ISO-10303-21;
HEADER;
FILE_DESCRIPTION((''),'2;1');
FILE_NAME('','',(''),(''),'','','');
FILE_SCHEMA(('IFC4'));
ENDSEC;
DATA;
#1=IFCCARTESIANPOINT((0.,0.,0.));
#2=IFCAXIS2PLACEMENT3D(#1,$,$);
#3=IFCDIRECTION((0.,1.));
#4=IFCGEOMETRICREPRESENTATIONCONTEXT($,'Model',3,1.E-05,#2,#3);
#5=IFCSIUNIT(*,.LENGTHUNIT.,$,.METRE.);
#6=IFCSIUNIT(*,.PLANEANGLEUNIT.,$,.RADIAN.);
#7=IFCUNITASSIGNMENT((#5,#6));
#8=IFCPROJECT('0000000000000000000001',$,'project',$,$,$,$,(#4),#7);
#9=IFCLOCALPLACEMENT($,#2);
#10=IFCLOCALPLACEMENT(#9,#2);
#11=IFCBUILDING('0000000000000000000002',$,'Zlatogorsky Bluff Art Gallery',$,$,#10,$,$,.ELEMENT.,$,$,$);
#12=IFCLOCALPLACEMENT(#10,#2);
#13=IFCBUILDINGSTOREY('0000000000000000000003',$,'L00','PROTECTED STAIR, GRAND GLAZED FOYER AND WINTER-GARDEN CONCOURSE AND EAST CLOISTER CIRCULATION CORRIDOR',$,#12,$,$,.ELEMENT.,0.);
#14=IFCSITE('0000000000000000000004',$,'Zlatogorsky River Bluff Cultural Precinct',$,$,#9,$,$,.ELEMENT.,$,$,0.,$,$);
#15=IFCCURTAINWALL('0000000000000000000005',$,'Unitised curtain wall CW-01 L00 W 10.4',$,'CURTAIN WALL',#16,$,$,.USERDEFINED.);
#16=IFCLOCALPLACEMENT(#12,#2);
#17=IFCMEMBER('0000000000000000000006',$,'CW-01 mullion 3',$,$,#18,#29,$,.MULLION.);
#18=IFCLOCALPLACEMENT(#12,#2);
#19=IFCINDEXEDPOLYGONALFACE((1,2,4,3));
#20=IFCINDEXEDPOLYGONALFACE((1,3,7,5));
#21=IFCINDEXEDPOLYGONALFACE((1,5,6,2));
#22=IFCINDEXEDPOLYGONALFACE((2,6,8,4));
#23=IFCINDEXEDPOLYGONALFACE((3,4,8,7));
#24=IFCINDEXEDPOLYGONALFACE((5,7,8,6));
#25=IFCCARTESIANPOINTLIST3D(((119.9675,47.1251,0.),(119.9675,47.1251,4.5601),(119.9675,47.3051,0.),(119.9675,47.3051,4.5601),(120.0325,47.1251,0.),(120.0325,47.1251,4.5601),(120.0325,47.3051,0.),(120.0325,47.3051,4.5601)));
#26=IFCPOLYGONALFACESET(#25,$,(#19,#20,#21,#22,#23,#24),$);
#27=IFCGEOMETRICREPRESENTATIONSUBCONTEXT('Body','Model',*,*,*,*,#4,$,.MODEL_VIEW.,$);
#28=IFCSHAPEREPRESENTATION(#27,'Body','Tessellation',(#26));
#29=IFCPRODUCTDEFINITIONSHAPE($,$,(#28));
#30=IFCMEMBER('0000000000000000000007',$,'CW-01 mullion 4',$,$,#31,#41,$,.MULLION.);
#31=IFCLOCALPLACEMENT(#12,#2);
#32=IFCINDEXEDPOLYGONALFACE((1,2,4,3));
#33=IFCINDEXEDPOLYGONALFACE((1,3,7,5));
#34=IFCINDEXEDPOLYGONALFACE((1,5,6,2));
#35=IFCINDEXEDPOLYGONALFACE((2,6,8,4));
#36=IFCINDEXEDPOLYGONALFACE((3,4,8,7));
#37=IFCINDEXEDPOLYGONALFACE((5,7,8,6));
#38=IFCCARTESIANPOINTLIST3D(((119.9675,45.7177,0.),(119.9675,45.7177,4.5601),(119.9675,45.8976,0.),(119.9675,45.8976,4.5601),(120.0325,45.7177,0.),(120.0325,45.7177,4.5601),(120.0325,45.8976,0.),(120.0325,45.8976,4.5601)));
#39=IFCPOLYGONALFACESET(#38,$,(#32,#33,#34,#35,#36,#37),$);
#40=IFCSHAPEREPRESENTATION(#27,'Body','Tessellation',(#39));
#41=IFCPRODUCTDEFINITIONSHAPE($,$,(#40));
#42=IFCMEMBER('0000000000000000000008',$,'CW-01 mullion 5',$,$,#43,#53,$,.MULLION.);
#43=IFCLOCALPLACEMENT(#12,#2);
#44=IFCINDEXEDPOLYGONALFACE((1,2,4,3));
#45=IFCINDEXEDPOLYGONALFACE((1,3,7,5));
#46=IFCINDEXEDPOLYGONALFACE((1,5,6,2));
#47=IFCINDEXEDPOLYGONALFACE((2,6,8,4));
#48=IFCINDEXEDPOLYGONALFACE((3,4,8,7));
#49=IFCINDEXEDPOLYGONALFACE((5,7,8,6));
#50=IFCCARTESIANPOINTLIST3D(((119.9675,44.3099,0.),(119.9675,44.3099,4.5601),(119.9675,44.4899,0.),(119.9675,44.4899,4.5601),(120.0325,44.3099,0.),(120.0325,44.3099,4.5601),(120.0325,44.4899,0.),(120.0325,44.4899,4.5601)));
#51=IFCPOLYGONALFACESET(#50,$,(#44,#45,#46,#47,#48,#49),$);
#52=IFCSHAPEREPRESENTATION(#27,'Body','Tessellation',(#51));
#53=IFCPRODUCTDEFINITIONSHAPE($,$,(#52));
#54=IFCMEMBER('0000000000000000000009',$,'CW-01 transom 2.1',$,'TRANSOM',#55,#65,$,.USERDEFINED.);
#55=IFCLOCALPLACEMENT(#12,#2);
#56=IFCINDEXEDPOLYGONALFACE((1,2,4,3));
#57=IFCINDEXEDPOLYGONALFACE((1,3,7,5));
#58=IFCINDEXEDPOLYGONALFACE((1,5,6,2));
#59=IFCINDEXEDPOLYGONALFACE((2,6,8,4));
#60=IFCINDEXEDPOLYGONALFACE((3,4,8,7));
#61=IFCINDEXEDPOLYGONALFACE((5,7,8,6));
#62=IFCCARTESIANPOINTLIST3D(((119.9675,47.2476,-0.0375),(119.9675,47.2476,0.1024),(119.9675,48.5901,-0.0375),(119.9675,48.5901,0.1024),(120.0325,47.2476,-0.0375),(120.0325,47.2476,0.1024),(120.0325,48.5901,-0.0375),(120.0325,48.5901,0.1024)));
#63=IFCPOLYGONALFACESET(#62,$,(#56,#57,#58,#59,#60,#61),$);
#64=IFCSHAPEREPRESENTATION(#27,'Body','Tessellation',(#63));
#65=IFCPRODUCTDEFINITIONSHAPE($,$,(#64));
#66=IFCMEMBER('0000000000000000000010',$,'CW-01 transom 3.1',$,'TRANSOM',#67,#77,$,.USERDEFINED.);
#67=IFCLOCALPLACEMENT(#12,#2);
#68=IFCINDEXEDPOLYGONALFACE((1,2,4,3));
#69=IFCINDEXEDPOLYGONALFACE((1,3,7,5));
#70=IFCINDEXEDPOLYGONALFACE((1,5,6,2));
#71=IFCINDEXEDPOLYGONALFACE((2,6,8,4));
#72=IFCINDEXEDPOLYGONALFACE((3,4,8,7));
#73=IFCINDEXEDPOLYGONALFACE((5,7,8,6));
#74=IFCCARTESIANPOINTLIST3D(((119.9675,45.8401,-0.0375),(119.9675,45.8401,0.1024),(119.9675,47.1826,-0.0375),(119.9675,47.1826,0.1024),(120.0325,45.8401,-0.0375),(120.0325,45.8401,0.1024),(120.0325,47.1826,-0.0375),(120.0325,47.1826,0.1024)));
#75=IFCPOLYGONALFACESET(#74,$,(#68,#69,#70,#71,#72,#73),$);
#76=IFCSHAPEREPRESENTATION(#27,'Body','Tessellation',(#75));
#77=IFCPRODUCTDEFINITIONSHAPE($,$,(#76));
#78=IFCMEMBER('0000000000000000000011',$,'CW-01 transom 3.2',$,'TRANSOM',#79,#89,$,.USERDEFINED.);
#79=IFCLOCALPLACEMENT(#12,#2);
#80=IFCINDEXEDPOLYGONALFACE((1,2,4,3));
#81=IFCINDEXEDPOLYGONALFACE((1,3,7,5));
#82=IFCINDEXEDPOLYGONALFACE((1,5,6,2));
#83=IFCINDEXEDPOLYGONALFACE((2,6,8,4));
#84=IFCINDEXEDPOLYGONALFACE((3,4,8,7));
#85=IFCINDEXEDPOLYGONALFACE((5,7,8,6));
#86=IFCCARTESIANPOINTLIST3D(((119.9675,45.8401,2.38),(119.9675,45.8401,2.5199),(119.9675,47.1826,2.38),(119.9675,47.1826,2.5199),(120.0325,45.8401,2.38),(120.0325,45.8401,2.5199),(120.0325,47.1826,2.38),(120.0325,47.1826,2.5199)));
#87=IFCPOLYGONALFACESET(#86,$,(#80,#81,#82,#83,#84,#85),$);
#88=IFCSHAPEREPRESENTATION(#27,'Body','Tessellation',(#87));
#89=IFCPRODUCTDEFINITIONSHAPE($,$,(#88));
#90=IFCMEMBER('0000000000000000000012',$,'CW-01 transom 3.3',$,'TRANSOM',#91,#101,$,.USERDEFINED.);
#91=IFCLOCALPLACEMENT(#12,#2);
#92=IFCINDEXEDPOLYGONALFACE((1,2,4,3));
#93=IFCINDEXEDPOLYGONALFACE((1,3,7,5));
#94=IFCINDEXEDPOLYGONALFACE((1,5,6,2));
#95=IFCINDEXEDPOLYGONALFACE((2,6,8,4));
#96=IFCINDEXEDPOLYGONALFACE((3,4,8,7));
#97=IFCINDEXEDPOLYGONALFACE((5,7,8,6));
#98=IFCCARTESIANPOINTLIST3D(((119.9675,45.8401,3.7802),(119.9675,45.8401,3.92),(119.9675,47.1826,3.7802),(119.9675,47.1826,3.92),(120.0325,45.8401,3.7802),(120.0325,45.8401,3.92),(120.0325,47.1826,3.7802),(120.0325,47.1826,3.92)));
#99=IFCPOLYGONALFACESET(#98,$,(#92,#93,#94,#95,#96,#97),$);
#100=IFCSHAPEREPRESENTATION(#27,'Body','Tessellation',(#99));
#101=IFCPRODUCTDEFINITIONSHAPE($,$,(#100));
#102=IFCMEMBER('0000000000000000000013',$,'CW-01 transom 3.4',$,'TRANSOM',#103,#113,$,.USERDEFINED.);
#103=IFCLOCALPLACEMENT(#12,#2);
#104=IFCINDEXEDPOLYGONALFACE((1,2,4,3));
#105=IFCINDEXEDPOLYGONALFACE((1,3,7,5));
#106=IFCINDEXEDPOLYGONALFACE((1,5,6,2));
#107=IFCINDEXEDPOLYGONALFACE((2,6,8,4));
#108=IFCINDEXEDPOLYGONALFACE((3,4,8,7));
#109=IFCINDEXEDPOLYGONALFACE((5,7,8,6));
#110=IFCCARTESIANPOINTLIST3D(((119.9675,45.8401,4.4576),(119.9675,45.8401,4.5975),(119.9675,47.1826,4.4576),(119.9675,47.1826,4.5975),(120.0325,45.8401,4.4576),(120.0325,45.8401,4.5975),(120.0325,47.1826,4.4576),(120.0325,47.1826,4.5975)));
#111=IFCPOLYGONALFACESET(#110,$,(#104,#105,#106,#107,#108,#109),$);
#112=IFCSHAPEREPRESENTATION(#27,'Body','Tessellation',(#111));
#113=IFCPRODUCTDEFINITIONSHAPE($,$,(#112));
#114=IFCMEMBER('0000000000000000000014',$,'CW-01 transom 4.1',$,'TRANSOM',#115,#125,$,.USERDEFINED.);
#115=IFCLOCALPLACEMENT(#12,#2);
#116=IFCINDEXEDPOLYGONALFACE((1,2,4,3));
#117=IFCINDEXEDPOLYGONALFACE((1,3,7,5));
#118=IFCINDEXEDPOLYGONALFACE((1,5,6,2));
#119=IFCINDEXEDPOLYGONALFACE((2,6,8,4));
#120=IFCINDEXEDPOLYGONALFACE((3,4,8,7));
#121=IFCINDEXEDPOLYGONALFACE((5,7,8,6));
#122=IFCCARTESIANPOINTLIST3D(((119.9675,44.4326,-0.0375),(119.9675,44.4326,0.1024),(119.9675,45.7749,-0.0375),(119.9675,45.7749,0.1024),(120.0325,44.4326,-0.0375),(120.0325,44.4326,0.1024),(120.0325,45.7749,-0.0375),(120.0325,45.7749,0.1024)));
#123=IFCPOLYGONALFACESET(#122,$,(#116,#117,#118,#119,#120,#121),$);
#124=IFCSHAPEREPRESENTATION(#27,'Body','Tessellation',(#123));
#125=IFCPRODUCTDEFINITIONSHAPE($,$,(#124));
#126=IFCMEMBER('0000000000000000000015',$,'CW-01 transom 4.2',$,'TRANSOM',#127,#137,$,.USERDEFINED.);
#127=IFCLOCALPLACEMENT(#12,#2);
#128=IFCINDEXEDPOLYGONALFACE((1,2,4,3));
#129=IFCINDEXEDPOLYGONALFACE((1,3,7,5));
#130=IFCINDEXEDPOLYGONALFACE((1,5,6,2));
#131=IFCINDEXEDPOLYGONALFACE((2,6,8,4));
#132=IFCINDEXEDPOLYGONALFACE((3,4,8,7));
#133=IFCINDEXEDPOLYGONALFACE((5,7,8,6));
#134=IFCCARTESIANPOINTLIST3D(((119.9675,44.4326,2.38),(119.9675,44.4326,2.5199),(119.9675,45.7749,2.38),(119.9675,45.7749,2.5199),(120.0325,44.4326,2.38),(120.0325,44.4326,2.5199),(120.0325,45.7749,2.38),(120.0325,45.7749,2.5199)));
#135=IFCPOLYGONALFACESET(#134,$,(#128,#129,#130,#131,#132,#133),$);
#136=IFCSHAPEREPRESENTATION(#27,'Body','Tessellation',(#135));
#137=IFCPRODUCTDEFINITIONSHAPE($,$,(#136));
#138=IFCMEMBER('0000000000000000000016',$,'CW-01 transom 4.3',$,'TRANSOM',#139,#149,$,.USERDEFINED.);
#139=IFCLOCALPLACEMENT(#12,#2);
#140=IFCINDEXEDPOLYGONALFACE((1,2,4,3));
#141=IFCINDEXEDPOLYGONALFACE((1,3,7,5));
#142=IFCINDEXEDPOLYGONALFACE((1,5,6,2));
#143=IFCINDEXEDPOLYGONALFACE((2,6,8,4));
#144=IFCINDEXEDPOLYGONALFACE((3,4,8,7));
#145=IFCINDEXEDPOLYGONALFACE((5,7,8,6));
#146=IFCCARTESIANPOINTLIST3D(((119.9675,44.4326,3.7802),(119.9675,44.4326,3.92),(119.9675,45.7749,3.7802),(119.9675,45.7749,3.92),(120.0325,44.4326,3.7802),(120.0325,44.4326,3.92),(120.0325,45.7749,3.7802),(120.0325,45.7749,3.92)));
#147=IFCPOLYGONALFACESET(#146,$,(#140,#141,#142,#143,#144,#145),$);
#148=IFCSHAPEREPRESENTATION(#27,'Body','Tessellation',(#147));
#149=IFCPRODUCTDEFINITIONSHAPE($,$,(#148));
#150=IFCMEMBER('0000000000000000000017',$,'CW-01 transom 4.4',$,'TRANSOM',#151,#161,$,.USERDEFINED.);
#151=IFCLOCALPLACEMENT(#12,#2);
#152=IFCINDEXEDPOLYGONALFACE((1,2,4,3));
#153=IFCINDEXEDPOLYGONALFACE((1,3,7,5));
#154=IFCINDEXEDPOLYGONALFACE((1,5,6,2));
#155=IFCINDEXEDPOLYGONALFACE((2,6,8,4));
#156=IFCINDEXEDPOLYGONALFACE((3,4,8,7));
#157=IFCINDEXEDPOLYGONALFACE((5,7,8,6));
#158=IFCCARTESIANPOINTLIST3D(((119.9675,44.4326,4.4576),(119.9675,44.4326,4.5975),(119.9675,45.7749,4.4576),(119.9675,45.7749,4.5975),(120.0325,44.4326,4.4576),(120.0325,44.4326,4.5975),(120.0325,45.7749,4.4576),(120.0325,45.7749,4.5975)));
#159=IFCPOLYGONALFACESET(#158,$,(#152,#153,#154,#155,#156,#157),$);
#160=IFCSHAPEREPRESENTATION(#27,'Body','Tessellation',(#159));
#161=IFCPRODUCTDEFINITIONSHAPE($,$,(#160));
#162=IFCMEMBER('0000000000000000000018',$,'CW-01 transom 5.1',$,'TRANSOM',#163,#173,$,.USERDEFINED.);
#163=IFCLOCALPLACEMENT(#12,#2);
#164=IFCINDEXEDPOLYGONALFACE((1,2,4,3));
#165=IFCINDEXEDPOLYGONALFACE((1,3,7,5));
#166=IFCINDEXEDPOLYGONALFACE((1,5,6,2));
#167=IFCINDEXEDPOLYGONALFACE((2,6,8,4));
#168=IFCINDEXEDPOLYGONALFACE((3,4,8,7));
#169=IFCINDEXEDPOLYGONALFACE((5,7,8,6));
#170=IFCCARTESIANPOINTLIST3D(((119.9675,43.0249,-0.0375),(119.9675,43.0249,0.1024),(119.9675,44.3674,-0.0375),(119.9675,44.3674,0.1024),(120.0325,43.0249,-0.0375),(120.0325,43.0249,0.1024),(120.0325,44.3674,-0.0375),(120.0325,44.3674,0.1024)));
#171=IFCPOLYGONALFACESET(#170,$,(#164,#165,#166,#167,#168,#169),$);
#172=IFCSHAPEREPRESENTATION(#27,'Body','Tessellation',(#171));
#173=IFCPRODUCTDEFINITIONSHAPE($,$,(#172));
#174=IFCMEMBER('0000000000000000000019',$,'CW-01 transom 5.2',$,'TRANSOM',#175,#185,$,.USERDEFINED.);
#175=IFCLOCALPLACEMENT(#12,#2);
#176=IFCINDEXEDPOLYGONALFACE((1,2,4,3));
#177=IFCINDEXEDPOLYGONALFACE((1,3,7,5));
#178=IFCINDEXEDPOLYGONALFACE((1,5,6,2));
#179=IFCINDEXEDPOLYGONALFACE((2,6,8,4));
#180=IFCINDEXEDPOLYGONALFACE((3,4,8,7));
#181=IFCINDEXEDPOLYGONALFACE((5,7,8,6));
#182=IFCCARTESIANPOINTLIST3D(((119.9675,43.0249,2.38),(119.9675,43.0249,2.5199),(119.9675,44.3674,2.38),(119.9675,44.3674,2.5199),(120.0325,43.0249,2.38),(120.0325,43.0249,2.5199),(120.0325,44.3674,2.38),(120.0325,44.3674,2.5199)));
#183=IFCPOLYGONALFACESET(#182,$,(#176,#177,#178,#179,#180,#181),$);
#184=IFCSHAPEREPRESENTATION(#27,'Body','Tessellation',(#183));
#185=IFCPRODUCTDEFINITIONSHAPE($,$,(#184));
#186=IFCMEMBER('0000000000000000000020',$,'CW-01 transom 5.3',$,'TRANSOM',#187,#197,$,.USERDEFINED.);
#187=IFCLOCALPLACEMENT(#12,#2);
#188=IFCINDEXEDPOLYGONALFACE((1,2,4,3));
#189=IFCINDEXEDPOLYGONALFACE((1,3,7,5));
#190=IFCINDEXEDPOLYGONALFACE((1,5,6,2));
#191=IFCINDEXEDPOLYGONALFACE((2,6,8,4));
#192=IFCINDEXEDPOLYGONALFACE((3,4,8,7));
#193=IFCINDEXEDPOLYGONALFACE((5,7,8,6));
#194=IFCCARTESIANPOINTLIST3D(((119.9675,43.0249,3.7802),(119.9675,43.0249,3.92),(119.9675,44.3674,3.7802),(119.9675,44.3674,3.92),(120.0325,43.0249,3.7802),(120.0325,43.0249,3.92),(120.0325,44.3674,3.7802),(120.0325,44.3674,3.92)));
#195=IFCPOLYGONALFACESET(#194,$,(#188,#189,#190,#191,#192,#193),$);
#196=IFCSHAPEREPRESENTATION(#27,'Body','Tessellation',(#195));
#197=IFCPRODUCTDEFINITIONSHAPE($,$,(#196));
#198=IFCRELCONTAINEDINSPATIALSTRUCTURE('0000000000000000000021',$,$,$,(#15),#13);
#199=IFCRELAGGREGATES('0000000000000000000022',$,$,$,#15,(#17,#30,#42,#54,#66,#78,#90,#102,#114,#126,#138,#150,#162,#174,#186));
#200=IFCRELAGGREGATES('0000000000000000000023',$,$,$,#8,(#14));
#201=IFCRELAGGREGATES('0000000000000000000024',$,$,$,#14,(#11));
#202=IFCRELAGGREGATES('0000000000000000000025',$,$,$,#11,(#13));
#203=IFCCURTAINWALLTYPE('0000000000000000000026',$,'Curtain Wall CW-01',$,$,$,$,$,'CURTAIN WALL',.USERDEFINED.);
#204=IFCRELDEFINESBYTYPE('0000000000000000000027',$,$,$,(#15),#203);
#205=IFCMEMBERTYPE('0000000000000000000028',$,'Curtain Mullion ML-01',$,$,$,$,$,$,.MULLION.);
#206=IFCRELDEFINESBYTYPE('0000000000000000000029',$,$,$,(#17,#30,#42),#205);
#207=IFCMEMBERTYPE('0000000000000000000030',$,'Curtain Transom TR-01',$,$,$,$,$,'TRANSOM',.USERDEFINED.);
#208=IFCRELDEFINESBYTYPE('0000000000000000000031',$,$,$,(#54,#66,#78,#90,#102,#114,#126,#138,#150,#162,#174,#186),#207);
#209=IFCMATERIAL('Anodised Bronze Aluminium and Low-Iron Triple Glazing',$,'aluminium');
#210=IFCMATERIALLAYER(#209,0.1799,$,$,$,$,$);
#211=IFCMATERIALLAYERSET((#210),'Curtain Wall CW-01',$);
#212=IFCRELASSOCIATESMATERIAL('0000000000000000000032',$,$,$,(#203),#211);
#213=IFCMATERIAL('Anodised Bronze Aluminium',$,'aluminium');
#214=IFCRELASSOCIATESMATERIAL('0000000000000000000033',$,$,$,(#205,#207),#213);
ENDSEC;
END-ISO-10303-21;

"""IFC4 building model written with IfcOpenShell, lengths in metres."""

from ifc_helpers import new_model, si_unit, direction, frame, origin, origin_2d, place, context, subcontext, project, spatial, rectangle, extrude, material, layer, layer_set, material_profile, profile_set, type_object, element, aggregate, save


model = new_model("IFC4")

# Units and contexts
model_context = context("Model", 3, precision=1e-05, world=origin(), true_north=direction((0.0, 1.0)))
body_context = subcontext(model_context, "Body", "Model", "MODEL_VIEW")
ifc_project = project(units=[si_unit("LENGTHUNIT", "METRE"), si_unit("PLANEANGLEUNIT", "RADIAN")], contexts=[model_context])

# Site, building, storey
site_placement = place(None, origin())
site = spatial("IfcSite", under=ifc_project, at=site_placement, Name="Zlatogorsky River Bluff Cultural Precinct", CompositionType="ELEMENT", RefElevation=0.0)
building_placement = place(site_placement, origin())
building = spatial("IfcBuilding", under=site, at=building_placement, Name="Zlatogorsky Bluff Art Gallery", CompositionType="ELEMENT")
storey_placement = place(building_placement, origin())
storey = spatial("IfcBuildingStorey", under=building, at=storey_placement, Name="L00", Description="PROTECTED STAIR, GRAND GLAZED FOYER AND WINTER-GARDEN CONCOURSE AND EAST CLOISTER CIRCULATION CORRIDOR", CompositionType="ELEMENT", Elevation=0.0)

# Curtain wall, members
ifc_material_1 = material(Name="Anodised Bronze Aluminium and Low-Iron Triple Glazing", Category="aluminium")
ifc_layer_1 = layer(ifc_material_1, 0.1799)
ifc_layer_set_1 = layer_set([ifc_layer_1], Name="Curtain Wall CW-01")
curtain_wall_type = type_object("IfcCurtainWallType", Name="Curtain Wall CW-01", ElementType="CURTAIN WALL", PredefinedType="USERDEFINED", material=ifc_layer_set_1)
curtain_wall_placement = place(storey_placement, origin())
curtain_wall = element("IfcCurtainWall", 1, at=curtain_wall_placement, inside=storey, type_object=curtain_wall_type, Name="Unitised curtain wall CW-01 L00 W 10.4", ObjectType="CURTAIN WALL", PredefinedType="USERDEFINED")
ifc_material_2 = material(Name="Anodised Bronze Aluminium", Category="aluminium")
ifc_material_profile_1 = material_profile(ifc_material_2, rectangle(XDim=0.0649, YDim=0.1799, at=origin_2d()), Name="ALU MULLION 65x180")
ifc_profile_set_1 = profile_set([ifc_material_profile_1], Name="Anodised Bronze Aluminium")
member_type_1 = type_object("IfcMemberType", Name="Curtain Mullion ML-01", PredefinedType="MULLION", material=ifc_profile_set_1)
member_1_placement = place(storey_placement, frame((120.0, 47.2151, 0.0), z_axis=(0.0, 0.0, 1.0), x_axis=(1.0, 0.0, 0.0)))
member_1 = element("IfcMember", 2, at=member_1_placement, type_object=member_type_1, Name="CW-01 mullion 3", PredefinedType="MULLION", context=body_context, shape_type="SweptSolid", body=[
    extrude(rectangle(XDim=0.0649, YDim=0.1799, at=origin_2d()), origin(), (0.0, 0.0, 1.0), 4.5601),
])
member_2_placement = place(storey_placement, frame((120.0, 45.8076, 0.0), z_axis=(0.0, 0.0, 1.0), x_axis=(1.0, 0.0, 0.0)))
member_2 = element("IfcMember", 3, at=member_2_placement, type_object=member_type_1, Name="CW-01 mullion 4", PredefinedType="MULLION", context=body_context, shape_type="SweptSolid", body=[
    extrude(rectangle(XDim=0.0649, YDim=0.1799, at=origin_2d()), origin(), (0.0, 0.0, 1.0), 4.5601),
])
member_3_placement = place(storey_placement, frame((120.0, 44.3999, 0.0), z_axis=(0.0, 0.0, 1.0), x_axis=(1.0, 0.0, 0.0)))
member_3 = element("IfcMember", 4, at=member_3_placement, type_object=member_type_1, Name="CW-01 mullion 5", PredefinedType="MULLION", context=body_context, shape_type="SweptSolid", body=[
    extrude(rectangle(XDim=0.0649, YDim=0.1799, at=origin_2d()), origin(), (0.0, 0.0, 1.0), 4.5601),
])
ifc_material_profile_2 = material_profile(ifc_material_2, rectangle(XDim=0.0649, YDim=0.1399, at=origin_2d()), Name="ALU TRANSOM 65x140")
ifc_profile_set_2 = profile_set([ifc_material_profile_2], Name="Anodised Bronze Aluminium")
member_type_2 = type_object("IfcMemberType", Name="Curtain Transom TR-01", ElementType="TRANSOM", PredefinedType="USERDEFINED", material=ifc_profile_set_2)
member_4_placement = place(storey_placement, frame((120.0, 48.5901, 0.0325), z_axis=(0.0, -1.0, 0.0), x_axis=(1.0, 0.0, 0.0)))
member_4 = element("IfcMember", 5, at=member_4_placement, type_object=member_type_2, Name="CW-01 transom 2.1", ObjectType="TRANSOM", PredefinedType="USERDEFINED", context=body_context, shape_type="SweptSolid", body=[
    extrude(rectangle(XDim=0.0649, YDim=0.1399, at=origin_2d()), origin(), (0.0, 0.0, 1.0), 1.3425),
])
member_5_placement = place(storey_placement, frame((120.0, 47.1826, 0.0325), z_axis=(0.0, -1.0, 0.0), x_axis=(1.0, 0.0, 0.0)))
member_5 = element("IfcMember", 6, at=member_5_placement, type_object=member_type_2, Name="CW-01 transom 3.1", ObjectType="TRANSOM", PredefinedType="USERDEFINED", context=body_context, shape_type="SweptSolid", body=[
    extrude(rectangle(XDim=0.0649, YDim=0.1399, at=origin_2d()), origin(), (0.0, 0.0, 1.0), 1.3425),
])
member_6_placement = place(storey_placement, frame((120.0, 47.1826, 2.45), z_axis=(0.0, -1.0, 0.0), x_axis=(1.0, 0.0, 0.0)))
member_6 = element("IfcMember", 7, at=member_6_placement, type_object=member_type_2, Name="CW-01 transom 3.2", ObjectType="TRANSOM", PredefinedType="USERDEFINED", context=body_context, shape_type="SweptSolid", body=[
    extrude(rectangle(XDim=0.0649, YDim=0.1399, at=origin_2d()), origin(), (0.0, 0.0, 1.0), 1.3425),
])
member_7_placement = place(storey_placement, frame((120.0, 47.1826, 3.8501), z_axis=(0.0, -1.0, 0.0), x_axis=(1.0, 0.0, 0.0)))
member_7 = element("IfcMember", 8, at=member_7_placement, type_object=member_type_2, Name="CW-01 transom 3.3", ObjectType="TRANSOM", PredefinedType="USERDEFINED", context=body_context, shape_type="SweptSolid", body=[
    extrude(rectangle(XDim=0.0649, YDim=0.1399, at=origin_2d()), origin(), (0.0, 0.0, 1.0), 1.3425),
])
member_8_placement = place(storey_placement, frame((120.0, 47.1826, 4.5276), z_axis=(0.0, -1.0, 0.0), x_axis=(1.0, 0.0, 0.0)))
member_8 = element("IfcMember", 9, at=member_8_placement, type_object=member_type_2, Name="CW-01 transom 3.4", ObjectType="TRANSOM", PredefinedType="USERDEFINED", context=body_context, shape_type="SweptSolid", body=[
    extrude(rectangle(XDim=0.0649, YDim=0.1399, at=origin_2d()), origin(), (0.0, 0.0, 1.0), 1.3425),
])
member_9_placement = place(storey_placement, frame((120.0, 45.7749, 0.0325), z_axis=(0.0, -1.0, 0.0), x_axis=(1.0, 0.0, 0.0)))
member_9 = element("IfcMember", 10, at=member_9_placement, type_object=member_type_2, Name="CW-01 transom 4.1", ObjectType="TRANSOM", PredefinedType="USERDEFINED", context=body_context, shape_type="SweptSolid", body=[
    extrude(rectangle(XDim=0.0649, YDim=0.1399, at=origin_2d()), origin(), (0.0, 0.0, 1.0), 1.3423),
])
member_10_placement = place(storey_placement, frame((120.0, 45.7749, 2.45), z_axis=(0.0, -1.0, 0.0), x_axis=(1.0, 0.0, 0.0)))
member_10 = element("IfcMember", 11, at=member_10_placement, type_object=member_type_2, Name="CW-01 transom 4.2", ObjectType="TRANSOM", PredefinedType="USERDEFINED", context=body_context, shape_type="SweptSolid", body=[
    extrude(rectangle(XDim=0.0649, YDim=0.1399, at=origin_2d()), origin(), (0.0, 0.0, 1.0), 1.3423),
])
member_11_placement = place(storey_placement, frame((120.0, 45.7749, 3.8501), z_axis=(0.0, -1.0, 0.0), x_axis=(1.0, 0.0, 0.0)))
member_11 = element("IfcMember", 12, at=member_11_placement, type_object=member_type_2, Name="CW-01 transom 4.3", ObjectType="TRANSOM", PredefinedType="USERDEFINED", context=body_context, shape_type="SweptSolid", body=[
    extrude(rectangle(XDim=0.0649, YDim=0.1399, at=origin_2d()), origin(), (0.0, 0.0, 1.0), 1.3423),
])
member_12_placement = place(storey_placement, frame((120.0, 45.7749, 4.5276), z_axis=(0.0, -1.0, 0.0), x_axis=(1.0, 0.0, 0.0)))
member_12 = element("IfcMember", 13, at=member_12_placement, type_object=member_type_2, Name="CW-01 transom 4.4", ObjectType="TRANSOM", PredefinedType="USERDEFINED", context=body_context, shape_type="SweptSolid", body=[
    extrude(rectangle(XDim=0.0649, YDim=0.1399, at=origin_2d()), origin(), (0.0, 0.0, 1.0), 1.3423),
])
member_13_placement = place(storey_placement, frame((120.0, 44.3674, 0.0325), z_axis=(0.0, -1.0, 0.0), x_axis=(1.0, 0.0, 0.0)))
member_13 = element("IfcMember", 14, at=member_13_placement, type_object=member_type_2, Name="CW-01 transom 5.1", ObjectType="TRANSOM", PredefinedType="USERDEFINED", context=body_context, shape_type="SweptSolid", body=[
    extrude(rectangle(XDim=0.0649, YDim=0.1399, at=origin_2d()), origin(), (0.0, 0.0, 1.0), 1.3425),
])
member_14_placement = place(storey_placement, frame((120.0, 44.3674, 2.45), z_axis=(0.0, -1.0, 0.0), x_axis=(1.0, 0.0, 0.0)))
member_14 = element("IfcMember", 15, at=member_14_placement, type_object=member_type_2, Name="CW-01 transom 5.2", ObjectType="TRANSOM", PredefinedType="USERDEFINED", context=body_context, shape_type="SweptSolid", body=[
    extrude(rectangle(XDim=0.0649, YDim=0.1399, at=origin_2d()), origin(), (0.0, 0.0, 1.0), 1.3425),
])
member_15_placement = place(storey_placement, frame((120.0, 44.3674, 3.8501), z_axis=(0.0, -1.0, 0.0), x_axis=(1.0, 0.0, 0.0)))
member_15 = element("IfcMember", 16, at=member_15_placement, type_object=member_type_2, Name="CW-01 transom 5.3", ObjectType="TRANSOM", PredefinedType="USERDEFINED", context=body_context, shape_type="SweptSolid", body=[
    extrude(rectangle(XDim=0.0649, YDim=0.1399, at=origin_2d()), origin(), (0.0, 0.0, 1.0), 1.3425),
])
aggregate(curtain_wall, [member_1, member_2, member_3, member_4, member_5, member_6, member_7, member_8, member_9, member_10, member_11, member_12, member_13, member_14, member_15])

save(model, "model.ifc")
